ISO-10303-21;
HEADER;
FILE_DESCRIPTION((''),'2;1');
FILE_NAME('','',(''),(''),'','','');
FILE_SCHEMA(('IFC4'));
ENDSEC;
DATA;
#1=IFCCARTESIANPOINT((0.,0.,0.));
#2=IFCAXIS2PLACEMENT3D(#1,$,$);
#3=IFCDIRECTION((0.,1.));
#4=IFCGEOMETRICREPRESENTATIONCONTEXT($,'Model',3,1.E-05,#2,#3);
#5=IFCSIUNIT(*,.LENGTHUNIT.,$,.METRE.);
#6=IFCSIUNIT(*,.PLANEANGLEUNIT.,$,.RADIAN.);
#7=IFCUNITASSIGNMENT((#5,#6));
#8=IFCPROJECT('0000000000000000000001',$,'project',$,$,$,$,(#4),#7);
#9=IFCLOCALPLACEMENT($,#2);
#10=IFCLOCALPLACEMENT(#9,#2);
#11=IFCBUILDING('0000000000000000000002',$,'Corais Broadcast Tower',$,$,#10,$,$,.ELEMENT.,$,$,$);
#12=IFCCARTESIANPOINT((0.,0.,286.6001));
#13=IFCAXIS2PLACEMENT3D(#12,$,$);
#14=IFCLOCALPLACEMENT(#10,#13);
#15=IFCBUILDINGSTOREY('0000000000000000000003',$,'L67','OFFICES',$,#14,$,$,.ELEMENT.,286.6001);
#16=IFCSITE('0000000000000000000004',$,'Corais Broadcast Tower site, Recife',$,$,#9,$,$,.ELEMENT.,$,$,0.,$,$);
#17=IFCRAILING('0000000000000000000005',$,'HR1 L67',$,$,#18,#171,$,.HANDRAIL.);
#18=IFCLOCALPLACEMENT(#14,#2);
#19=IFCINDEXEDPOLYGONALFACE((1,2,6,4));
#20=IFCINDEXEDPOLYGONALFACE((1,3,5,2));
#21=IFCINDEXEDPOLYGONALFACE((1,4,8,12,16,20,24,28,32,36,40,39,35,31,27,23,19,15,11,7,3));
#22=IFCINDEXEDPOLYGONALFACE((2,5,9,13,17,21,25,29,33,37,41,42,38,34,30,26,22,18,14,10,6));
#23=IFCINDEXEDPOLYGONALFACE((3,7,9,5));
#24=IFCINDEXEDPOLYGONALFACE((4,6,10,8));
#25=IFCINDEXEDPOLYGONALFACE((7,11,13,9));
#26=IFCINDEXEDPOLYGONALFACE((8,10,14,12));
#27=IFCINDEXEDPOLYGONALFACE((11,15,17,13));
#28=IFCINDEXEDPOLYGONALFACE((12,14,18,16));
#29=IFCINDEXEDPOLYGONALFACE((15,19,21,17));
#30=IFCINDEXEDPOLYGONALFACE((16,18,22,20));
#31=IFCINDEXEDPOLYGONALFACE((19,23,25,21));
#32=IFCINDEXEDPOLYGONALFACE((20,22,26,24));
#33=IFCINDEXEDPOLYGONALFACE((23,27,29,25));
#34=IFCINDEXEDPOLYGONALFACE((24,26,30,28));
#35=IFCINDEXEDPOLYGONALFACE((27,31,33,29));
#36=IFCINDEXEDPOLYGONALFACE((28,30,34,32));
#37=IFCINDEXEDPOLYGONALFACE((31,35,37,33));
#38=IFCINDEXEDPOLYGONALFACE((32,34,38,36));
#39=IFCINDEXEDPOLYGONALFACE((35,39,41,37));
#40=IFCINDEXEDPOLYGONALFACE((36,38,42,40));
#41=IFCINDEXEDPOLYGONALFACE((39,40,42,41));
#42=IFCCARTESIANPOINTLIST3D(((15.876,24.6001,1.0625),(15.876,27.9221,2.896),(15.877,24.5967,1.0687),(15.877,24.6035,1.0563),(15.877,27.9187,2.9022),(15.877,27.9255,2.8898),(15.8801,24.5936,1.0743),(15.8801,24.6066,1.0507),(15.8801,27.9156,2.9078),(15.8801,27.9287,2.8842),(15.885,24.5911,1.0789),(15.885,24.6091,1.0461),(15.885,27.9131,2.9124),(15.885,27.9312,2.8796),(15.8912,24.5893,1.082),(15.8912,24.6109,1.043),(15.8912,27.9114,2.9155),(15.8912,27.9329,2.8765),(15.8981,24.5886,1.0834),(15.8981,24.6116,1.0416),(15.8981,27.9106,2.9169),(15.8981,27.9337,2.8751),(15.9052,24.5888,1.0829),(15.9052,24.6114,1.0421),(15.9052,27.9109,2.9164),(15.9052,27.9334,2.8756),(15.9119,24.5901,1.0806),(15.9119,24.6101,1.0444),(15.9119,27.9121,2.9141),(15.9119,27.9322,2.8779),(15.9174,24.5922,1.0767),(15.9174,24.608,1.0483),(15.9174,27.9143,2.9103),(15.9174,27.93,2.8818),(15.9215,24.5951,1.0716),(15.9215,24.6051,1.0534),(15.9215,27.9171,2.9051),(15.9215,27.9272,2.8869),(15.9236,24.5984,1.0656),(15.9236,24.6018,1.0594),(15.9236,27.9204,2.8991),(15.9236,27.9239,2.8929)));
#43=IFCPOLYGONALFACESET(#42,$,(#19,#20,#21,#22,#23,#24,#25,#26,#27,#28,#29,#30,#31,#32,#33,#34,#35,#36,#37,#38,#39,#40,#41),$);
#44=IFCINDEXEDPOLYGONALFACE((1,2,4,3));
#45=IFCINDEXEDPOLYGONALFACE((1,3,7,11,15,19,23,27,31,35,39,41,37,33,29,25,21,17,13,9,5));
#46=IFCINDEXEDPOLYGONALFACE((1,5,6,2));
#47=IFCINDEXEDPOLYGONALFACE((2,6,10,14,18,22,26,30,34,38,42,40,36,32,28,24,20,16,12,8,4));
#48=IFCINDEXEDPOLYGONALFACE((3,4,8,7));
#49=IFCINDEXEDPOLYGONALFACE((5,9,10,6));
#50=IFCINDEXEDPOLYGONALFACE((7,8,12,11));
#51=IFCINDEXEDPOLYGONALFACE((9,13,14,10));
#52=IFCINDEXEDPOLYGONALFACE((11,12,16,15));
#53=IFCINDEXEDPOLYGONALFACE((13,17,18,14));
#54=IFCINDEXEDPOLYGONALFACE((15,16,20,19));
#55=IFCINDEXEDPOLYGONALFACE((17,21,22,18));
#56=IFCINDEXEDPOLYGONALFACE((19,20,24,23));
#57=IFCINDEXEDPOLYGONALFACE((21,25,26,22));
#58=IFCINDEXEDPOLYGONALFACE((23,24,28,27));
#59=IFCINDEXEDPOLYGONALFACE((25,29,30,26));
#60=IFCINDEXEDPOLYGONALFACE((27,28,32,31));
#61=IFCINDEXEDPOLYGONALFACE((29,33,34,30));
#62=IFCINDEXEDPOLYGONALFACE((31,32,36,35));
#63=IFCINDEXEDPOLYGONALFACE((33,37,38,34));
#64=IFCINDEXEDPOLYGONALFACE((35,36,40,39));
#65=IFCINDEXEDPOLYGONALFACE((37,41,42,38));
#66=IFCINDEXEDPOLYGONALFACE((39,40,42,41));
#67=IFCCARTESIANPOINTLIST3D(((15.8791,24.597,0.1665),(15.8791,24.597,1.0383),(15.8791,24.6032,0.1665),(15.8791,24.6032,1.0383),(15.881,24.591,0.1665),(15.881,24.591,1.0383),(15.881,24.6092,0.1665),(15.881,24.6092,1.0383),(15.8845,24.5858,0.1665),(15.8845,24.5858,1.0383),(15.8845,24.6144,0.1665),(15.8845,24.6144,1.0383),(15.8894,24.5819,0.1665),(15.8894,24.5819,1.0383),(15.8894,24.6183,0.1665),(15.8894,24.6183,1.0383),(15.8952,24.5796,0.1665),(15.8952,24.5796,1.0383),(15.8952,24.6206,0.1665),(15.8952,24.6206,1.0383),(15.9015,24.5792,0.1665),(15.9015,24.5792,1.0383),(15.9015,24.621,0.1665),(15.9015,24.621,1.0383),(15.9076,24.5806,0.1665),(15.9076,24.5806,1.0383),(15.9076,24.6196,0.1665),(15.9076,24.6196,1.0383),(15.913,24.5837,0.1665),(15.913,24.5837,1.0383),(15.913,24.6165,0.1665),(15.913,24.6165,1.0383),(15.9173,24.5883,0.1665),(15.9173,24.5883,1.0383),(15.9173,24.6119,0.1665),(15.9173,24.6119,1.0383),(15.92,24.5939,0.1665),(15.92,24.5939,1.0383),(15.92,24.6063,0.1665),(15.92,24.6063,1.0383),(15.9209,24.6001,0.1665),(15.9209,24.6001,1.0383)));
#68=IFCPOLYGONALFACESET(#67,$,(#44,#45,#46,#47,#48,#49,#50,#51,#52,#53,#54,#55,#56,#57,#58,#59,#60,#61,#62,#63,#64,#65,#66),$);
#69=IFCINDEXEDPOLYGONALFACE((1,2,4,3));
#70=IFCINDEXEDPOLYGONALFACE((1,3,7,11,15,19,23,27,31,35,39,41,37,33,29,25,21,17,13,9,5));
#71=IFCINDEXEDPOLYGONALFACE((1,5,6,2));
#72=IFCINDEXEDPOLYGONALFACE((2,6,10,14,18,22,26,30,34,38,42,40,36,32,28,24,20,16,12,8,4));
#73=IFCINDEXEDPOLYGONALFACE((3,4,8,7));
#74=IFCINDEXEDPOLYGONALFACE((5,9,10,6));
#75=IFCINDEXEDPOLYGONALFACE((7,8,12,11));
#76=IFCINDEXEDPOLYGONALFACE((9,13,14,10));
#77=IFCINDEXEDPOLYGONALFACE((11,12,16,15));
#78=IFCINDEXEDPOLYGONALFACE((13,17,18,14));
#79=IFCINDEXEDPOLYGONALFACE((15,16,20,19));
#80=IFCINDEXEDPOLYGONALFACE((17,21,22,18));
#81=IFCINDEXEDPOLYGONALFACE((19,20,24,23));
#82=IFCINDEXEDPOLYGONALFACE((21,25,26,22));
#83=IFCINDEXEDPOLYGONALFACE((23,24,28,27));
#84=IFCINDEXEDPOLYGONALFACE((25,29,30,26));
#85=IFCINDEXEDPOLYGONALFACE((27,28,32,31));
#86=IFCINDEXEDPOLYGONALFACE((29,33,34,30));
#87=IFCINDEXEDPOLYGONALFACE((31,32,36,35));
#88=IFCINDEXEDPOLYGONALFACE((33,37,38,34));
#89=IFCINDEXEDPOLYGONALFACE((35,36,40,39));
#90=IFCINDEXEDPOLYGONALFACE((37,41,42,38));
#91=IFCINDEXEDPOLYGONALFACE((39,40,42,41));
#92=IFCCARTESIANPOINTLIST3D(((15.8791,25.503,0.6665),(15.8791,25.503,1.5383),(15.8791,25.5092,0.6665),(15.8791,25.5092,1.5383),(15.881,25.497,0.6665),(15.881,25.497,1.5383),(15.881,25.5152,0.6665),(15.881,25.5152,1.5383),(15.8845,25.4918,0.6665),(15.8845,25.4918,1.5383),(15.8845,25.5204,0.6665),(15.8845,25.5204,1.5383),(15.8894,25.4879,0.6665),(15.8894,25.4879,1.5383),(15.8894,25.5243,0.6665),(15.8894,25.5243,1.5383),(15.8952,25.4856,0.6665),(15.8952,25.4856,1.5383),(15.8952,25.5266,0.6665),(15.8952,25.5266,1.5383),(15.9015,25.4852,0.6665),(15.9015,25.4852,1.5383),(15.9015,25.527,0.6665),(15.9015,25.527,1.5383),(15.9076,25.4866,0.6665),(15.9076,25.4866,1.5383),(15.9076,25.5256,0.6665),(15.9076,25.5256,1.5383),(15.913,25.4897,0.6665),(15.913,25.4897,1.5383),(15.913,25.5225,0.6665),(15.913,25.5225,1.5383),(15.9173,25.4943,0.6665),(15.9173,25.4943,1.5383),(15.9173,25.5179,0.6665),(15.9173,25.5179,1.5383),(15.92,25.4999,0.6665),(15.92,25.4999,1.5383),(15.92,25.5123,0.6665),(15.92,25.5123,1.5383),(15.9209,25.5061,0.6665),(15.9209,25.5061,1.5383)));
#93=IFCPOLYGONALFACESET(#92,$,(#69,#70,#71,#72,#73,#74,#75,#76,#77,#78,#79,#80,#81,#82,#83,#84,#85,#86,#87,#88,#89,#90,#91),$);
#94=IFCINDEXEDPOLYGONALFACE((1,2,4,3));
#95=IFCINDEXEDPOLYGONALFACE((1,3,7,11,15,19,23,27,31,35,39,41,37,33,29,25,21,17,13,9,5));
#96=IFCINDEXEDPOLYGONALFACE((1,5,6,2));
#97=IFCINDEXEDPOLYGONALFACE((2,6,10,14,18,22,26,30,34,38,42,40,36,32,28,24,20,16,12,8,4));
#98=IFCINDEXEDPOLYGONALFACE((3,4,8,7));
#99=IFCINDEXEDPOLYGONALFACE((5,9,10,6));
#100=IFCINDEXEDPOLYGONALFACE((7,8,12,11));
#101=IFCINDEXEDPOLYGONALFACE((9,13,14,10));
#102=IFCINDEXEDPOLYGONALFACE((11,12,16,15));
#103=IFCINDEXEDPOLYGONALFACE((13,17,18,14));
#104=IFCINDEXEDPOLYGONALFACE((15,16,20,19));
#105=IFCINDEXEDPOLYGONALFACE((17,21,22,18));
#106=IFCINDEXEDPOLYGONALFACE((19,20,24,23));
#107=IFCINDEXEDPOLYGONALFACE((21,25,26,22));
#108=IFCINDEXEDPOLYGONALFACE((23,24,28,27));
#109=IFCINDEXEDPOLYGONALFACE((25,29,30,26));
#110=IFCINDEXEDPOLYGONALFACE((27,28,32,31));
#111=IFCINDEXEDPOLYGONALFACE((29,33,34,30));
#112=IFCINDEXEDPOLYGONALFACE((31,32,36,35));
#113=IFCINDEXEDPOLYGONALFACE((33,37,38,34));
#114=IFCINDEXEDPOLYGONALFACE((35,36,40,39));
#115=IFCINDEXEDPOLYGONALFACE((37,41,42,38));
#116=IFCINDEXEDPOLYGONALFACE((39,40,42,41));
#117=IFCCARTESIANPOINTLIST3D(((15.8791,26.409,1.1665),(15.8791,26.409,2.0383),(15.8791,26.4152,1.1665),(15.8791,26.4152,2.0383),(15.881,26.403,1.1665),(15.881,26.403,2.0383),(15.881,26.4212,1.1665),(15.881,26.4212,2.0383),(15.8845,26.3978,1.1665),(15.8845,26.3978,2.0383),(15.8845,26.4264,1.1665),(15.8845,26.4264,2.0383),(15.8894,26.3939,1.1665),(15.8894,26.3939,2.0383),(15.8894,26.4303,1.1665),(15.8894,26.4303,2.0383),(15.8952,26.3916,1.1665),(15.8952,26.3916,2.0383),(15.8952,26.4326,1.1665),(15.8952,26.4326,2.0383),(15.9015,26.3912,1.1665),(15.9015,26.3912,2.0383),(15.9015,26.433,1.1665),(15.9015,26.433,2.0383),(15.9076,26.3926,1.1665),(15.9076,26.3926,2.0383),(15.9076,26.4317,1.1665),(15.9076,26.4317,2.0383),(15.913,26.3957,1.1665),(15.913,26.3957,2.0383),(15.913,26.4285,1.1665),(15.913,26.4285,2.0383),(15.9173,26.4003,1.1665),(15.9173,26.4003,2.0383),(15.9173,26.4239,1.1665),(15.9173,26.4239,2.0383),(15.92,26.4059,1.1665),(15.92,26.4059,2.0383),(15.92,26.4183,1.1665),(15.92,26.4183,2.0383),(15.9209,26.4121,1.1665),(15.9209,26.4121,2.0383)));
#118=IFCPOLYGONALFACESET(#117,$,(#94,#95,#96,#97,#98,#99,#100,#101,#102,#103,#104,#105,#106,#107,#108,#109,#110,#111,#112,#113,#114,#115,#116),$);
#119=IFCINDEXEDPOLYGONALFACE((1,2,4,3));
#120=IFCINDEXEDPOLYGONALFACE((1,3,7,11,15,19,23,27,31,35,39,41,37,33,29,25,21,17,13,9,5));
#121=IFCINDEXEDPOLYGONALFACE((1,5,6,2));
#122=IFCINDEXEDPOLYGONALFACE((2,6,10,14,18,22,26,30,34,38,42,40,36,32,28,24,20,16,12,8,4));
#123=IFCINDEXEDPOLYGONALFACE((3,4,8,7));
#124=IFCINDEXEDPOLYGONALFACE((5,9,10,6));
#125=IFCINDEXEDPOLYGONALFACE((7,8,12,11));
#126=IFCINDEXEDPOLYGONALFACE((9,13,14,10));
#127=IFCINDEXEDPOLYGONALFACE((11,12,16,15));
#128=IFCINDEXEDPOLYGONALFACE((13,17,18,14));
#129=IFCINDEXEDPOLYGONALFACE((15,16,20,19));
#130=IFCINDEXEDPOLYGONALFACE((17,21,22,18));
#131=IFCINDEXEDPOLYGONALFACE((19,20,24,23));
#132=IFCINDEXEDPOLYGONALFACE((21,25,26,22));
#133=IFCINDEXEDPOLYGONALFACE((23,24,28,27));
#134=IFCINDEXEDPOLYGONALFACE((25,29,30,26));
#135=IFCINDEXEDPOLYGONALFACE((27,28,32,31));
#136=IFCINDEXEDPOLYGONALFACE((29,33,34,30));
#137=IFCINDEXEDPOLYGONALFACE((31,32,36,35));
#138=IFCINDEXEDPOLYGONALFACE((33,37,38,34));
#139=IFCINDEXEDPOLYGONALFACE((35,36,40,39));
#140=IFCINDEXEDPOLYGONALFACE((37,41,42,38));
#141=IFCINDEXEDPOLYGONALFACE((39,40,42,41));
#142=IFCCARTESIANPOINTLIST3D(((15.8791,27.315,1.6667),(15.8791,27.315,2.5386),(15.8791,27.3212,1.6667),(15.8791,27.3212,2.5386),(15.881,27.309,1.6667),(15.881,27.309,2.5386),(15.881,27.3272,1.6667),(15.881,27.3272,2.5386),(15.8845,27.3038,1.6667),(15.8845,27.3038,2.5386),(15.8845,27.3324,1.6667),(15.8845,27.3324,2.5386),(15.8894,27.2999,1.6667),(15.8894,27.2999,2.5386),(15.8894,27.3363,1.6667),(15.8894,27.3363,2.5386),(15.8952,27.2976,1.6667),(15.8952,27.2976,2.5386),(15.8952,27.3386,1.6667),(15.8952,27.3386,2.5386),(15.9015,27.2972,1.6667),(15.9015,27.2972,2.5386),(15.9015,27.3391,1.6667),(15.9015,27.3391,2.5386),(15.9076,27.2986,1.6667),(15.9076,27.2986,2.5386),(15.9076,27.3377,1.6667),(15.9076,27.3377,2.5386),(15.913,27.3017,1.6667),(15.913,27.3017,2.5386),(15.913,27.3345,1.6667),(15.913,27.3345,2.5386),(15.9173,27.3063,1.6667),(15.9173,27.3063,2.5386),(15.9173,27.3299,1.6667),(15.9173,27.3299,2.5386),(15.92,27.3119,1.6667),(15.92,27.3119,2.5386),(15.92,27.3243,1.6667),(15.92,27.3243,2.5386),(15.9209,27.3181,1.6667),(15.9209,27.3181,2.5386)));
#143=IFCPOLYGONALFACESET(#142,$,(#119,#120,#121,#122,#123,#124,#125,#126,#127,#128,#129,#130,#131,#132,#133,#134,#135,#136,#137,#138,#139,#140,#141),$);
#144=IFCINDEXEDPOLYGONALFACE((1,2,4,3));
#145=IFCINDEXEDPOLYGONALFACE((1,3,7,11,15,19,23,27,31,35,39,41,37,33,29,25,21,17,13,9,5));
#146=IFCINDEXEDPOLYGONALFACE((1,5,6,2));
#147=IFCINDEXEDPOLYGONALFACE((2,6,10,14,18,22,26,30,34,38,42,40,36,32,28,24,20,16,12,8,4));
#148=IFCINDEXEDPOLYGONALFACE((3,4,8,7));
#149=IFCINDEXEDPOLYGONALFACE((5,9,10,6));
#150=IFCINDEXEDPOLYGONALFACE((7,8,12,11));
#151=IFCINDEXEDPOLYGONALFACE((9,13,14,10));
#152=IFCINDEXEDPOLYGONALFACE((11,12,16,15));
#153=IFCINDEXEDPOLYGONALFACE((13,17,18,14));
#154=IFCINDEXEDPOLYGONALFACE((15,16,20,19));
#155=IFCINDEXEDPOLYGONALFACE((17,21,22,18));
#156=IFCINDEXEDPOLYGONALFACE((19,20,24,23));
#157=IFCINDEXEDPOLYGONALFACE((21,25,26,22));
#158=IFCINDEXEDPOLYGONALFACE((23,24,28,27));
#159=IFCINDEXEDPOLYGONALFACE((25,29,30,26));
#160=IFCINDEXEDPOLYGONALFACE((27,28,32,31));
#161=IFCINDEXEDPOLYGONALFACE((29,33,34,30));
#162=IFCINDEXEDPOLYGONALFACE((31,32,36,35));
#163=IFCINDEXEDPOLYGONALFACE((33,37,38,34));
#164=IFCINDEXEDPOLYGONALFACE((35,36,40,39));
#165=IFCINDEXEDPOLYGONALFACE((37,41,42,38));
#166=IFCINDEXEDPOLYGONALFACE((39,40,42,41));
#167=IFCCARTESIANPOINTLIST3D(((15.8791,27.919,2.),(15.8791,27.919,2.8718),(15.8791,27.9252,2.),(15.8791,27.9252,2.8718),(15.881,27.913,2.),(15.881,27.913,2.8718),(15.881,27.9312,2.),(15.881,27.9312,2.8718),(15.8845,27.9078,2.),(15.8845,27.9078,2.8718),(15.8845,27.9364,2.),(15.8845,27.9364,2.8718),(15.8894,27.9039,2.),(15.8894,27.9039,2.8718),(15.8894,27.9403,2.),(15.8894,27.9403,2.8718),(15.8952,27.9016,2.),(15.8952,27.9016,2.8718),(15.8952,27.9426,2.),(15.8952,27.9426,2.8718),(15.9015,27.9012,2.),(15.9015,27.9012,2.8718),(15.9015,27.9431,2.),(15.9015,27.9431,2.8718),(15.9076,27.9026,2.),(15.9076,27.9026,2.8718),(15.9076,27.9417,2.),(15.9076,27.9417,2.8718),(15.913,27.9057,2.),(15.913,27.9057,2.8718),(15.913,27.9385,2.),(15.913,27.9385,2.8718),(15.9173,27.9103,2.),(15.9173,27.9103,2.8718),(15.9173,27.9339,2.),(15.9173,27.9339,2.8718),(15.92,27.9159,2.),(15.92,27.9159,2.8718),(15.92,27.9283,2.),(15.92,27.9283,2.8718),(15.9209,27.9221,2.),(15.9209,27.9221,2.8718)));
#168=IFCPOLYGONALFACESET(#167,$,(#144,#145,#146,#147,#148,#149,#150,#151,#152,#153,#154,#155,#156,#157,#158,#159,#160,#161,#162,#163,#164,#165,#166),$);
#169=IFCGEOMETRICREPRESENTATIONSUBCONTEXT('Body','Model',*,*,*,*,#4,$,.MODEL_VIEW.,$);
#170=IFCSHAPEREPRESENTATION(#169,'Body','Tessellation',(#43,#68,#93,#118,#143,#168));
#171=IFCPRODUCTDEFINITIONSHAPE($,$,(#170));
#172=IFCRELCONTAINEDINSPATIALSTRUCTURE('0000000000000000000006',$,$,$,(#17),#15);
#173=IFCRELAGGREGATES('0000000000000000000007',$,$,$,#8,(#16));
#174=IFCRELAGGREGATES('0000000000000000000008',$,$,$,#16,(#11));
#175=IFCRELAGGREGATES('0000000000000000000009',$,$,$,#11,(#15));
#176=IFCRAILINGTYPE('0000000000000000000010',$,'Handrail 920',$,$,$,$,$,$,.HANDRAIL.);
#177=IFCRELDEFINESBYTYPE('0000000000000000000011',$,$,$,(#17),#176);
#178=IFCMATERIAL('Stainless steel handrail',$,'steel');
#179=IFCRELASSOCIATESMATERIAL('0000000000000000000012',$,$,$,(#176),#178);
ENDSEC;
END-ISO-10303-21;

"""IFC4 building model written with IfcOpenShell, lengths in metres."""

from ifc_helpers import new_model, si_unit, direction, frame, origin, origin_2d, place, context, subcontext, project, spatial, circle, extrude, material, type_object, element, save


model = new_model("IFC4")

# Units and contexts
model_context = context("Model", 3, precision=1e-05, world=origin(), true_north=direction((0.0, 1.0)))
body_context = subcontext(model_context, "Body", "Model", "MODEL_VIEW")
ifc_project = project(units=[si_unit("LENGTHUNIT", "METRE"), si_unit("PLANEANGLEUNIT", "RADIAN")], contexts=[model_context])

# Site, building, storey
site_placement = place(None, origin())
site = spatial("IfcSite", under=ifc_project, at=site_placement, Name="Corais Broadcast Tower site, Recife", CompositionType="ELEMENT", RefElevation=0.0)
building_placement = place(site_placement, origin())
building = spatial("IfcBuilding", under=site, at=building_placement, Name="Corais Broadcast Tower", CompositionType="ELEMENT")
storey_placement = place(building_placement, frame((0.0, 0.0, 286.6001)))
storey = spatial("IfcBuildingStorey", under=building, at=storey_placement, Name="L67", Description="OFFICES", CompositionType="ELEMENT", Elevation=286.6001)

# Railing
ifc_material_1 = material(Name="Stainless steel handrail", Category="steel")
railing_type = type_object("IfcRailingType", Name="Handrail 920", PredefinedType="HANDRAIL", material=ifc_material_1)
for number, where, name in (
    (1, (15.8999, 24.6001, 0.1665), "HR1 L67"),
):
    element("IfcRailing", number, at=place(storey_placement, frame(where)), inside=storey, type_object=railing_type, Name=name, PredefinedType="HANDRAIL", context=body_context, shape_type="SweptSolid", body=[
        extrude(circle(Radius=0.0239, at=origin_2d()), frame((0.0, 0.0, 0.896), z_axis=(0.0, 0.875504, 0.48321), x_axis=(-1.0, 0.0, 0.0)), (0.0, 0.0, 1.0), 3.7944),
        extrude(circle(Radius=0.021, at=origin_2d()), origin(), (0.0, 0.0, 1.0), 0.8718),
        extrude(circle(Radius=0.021, at=origin_2d()), frame((0.0, 0.906, 0.5)), (0.0, 0.0, 1.0), 0.8718),
        extrude(circle(Radius=0.021, at=origin_2d()), frame((0.0, 1.812, 1.0)), (0.0, 0.0, 1.0), 0.8718),
        extrude(circle(Radius=0.021, at=origin_2d()), frame((0.0, 2.718, 1.5002)), (0.0, 0.0, 1.0), 0.8718),
        extrude(circle(Radius=0.021, at=origin_2d()), frame((0.0, 3.322, 1.8335)), (0.0, 0.0, 1.0), 0.8718),
    ])

save(model, "model.ifc")
